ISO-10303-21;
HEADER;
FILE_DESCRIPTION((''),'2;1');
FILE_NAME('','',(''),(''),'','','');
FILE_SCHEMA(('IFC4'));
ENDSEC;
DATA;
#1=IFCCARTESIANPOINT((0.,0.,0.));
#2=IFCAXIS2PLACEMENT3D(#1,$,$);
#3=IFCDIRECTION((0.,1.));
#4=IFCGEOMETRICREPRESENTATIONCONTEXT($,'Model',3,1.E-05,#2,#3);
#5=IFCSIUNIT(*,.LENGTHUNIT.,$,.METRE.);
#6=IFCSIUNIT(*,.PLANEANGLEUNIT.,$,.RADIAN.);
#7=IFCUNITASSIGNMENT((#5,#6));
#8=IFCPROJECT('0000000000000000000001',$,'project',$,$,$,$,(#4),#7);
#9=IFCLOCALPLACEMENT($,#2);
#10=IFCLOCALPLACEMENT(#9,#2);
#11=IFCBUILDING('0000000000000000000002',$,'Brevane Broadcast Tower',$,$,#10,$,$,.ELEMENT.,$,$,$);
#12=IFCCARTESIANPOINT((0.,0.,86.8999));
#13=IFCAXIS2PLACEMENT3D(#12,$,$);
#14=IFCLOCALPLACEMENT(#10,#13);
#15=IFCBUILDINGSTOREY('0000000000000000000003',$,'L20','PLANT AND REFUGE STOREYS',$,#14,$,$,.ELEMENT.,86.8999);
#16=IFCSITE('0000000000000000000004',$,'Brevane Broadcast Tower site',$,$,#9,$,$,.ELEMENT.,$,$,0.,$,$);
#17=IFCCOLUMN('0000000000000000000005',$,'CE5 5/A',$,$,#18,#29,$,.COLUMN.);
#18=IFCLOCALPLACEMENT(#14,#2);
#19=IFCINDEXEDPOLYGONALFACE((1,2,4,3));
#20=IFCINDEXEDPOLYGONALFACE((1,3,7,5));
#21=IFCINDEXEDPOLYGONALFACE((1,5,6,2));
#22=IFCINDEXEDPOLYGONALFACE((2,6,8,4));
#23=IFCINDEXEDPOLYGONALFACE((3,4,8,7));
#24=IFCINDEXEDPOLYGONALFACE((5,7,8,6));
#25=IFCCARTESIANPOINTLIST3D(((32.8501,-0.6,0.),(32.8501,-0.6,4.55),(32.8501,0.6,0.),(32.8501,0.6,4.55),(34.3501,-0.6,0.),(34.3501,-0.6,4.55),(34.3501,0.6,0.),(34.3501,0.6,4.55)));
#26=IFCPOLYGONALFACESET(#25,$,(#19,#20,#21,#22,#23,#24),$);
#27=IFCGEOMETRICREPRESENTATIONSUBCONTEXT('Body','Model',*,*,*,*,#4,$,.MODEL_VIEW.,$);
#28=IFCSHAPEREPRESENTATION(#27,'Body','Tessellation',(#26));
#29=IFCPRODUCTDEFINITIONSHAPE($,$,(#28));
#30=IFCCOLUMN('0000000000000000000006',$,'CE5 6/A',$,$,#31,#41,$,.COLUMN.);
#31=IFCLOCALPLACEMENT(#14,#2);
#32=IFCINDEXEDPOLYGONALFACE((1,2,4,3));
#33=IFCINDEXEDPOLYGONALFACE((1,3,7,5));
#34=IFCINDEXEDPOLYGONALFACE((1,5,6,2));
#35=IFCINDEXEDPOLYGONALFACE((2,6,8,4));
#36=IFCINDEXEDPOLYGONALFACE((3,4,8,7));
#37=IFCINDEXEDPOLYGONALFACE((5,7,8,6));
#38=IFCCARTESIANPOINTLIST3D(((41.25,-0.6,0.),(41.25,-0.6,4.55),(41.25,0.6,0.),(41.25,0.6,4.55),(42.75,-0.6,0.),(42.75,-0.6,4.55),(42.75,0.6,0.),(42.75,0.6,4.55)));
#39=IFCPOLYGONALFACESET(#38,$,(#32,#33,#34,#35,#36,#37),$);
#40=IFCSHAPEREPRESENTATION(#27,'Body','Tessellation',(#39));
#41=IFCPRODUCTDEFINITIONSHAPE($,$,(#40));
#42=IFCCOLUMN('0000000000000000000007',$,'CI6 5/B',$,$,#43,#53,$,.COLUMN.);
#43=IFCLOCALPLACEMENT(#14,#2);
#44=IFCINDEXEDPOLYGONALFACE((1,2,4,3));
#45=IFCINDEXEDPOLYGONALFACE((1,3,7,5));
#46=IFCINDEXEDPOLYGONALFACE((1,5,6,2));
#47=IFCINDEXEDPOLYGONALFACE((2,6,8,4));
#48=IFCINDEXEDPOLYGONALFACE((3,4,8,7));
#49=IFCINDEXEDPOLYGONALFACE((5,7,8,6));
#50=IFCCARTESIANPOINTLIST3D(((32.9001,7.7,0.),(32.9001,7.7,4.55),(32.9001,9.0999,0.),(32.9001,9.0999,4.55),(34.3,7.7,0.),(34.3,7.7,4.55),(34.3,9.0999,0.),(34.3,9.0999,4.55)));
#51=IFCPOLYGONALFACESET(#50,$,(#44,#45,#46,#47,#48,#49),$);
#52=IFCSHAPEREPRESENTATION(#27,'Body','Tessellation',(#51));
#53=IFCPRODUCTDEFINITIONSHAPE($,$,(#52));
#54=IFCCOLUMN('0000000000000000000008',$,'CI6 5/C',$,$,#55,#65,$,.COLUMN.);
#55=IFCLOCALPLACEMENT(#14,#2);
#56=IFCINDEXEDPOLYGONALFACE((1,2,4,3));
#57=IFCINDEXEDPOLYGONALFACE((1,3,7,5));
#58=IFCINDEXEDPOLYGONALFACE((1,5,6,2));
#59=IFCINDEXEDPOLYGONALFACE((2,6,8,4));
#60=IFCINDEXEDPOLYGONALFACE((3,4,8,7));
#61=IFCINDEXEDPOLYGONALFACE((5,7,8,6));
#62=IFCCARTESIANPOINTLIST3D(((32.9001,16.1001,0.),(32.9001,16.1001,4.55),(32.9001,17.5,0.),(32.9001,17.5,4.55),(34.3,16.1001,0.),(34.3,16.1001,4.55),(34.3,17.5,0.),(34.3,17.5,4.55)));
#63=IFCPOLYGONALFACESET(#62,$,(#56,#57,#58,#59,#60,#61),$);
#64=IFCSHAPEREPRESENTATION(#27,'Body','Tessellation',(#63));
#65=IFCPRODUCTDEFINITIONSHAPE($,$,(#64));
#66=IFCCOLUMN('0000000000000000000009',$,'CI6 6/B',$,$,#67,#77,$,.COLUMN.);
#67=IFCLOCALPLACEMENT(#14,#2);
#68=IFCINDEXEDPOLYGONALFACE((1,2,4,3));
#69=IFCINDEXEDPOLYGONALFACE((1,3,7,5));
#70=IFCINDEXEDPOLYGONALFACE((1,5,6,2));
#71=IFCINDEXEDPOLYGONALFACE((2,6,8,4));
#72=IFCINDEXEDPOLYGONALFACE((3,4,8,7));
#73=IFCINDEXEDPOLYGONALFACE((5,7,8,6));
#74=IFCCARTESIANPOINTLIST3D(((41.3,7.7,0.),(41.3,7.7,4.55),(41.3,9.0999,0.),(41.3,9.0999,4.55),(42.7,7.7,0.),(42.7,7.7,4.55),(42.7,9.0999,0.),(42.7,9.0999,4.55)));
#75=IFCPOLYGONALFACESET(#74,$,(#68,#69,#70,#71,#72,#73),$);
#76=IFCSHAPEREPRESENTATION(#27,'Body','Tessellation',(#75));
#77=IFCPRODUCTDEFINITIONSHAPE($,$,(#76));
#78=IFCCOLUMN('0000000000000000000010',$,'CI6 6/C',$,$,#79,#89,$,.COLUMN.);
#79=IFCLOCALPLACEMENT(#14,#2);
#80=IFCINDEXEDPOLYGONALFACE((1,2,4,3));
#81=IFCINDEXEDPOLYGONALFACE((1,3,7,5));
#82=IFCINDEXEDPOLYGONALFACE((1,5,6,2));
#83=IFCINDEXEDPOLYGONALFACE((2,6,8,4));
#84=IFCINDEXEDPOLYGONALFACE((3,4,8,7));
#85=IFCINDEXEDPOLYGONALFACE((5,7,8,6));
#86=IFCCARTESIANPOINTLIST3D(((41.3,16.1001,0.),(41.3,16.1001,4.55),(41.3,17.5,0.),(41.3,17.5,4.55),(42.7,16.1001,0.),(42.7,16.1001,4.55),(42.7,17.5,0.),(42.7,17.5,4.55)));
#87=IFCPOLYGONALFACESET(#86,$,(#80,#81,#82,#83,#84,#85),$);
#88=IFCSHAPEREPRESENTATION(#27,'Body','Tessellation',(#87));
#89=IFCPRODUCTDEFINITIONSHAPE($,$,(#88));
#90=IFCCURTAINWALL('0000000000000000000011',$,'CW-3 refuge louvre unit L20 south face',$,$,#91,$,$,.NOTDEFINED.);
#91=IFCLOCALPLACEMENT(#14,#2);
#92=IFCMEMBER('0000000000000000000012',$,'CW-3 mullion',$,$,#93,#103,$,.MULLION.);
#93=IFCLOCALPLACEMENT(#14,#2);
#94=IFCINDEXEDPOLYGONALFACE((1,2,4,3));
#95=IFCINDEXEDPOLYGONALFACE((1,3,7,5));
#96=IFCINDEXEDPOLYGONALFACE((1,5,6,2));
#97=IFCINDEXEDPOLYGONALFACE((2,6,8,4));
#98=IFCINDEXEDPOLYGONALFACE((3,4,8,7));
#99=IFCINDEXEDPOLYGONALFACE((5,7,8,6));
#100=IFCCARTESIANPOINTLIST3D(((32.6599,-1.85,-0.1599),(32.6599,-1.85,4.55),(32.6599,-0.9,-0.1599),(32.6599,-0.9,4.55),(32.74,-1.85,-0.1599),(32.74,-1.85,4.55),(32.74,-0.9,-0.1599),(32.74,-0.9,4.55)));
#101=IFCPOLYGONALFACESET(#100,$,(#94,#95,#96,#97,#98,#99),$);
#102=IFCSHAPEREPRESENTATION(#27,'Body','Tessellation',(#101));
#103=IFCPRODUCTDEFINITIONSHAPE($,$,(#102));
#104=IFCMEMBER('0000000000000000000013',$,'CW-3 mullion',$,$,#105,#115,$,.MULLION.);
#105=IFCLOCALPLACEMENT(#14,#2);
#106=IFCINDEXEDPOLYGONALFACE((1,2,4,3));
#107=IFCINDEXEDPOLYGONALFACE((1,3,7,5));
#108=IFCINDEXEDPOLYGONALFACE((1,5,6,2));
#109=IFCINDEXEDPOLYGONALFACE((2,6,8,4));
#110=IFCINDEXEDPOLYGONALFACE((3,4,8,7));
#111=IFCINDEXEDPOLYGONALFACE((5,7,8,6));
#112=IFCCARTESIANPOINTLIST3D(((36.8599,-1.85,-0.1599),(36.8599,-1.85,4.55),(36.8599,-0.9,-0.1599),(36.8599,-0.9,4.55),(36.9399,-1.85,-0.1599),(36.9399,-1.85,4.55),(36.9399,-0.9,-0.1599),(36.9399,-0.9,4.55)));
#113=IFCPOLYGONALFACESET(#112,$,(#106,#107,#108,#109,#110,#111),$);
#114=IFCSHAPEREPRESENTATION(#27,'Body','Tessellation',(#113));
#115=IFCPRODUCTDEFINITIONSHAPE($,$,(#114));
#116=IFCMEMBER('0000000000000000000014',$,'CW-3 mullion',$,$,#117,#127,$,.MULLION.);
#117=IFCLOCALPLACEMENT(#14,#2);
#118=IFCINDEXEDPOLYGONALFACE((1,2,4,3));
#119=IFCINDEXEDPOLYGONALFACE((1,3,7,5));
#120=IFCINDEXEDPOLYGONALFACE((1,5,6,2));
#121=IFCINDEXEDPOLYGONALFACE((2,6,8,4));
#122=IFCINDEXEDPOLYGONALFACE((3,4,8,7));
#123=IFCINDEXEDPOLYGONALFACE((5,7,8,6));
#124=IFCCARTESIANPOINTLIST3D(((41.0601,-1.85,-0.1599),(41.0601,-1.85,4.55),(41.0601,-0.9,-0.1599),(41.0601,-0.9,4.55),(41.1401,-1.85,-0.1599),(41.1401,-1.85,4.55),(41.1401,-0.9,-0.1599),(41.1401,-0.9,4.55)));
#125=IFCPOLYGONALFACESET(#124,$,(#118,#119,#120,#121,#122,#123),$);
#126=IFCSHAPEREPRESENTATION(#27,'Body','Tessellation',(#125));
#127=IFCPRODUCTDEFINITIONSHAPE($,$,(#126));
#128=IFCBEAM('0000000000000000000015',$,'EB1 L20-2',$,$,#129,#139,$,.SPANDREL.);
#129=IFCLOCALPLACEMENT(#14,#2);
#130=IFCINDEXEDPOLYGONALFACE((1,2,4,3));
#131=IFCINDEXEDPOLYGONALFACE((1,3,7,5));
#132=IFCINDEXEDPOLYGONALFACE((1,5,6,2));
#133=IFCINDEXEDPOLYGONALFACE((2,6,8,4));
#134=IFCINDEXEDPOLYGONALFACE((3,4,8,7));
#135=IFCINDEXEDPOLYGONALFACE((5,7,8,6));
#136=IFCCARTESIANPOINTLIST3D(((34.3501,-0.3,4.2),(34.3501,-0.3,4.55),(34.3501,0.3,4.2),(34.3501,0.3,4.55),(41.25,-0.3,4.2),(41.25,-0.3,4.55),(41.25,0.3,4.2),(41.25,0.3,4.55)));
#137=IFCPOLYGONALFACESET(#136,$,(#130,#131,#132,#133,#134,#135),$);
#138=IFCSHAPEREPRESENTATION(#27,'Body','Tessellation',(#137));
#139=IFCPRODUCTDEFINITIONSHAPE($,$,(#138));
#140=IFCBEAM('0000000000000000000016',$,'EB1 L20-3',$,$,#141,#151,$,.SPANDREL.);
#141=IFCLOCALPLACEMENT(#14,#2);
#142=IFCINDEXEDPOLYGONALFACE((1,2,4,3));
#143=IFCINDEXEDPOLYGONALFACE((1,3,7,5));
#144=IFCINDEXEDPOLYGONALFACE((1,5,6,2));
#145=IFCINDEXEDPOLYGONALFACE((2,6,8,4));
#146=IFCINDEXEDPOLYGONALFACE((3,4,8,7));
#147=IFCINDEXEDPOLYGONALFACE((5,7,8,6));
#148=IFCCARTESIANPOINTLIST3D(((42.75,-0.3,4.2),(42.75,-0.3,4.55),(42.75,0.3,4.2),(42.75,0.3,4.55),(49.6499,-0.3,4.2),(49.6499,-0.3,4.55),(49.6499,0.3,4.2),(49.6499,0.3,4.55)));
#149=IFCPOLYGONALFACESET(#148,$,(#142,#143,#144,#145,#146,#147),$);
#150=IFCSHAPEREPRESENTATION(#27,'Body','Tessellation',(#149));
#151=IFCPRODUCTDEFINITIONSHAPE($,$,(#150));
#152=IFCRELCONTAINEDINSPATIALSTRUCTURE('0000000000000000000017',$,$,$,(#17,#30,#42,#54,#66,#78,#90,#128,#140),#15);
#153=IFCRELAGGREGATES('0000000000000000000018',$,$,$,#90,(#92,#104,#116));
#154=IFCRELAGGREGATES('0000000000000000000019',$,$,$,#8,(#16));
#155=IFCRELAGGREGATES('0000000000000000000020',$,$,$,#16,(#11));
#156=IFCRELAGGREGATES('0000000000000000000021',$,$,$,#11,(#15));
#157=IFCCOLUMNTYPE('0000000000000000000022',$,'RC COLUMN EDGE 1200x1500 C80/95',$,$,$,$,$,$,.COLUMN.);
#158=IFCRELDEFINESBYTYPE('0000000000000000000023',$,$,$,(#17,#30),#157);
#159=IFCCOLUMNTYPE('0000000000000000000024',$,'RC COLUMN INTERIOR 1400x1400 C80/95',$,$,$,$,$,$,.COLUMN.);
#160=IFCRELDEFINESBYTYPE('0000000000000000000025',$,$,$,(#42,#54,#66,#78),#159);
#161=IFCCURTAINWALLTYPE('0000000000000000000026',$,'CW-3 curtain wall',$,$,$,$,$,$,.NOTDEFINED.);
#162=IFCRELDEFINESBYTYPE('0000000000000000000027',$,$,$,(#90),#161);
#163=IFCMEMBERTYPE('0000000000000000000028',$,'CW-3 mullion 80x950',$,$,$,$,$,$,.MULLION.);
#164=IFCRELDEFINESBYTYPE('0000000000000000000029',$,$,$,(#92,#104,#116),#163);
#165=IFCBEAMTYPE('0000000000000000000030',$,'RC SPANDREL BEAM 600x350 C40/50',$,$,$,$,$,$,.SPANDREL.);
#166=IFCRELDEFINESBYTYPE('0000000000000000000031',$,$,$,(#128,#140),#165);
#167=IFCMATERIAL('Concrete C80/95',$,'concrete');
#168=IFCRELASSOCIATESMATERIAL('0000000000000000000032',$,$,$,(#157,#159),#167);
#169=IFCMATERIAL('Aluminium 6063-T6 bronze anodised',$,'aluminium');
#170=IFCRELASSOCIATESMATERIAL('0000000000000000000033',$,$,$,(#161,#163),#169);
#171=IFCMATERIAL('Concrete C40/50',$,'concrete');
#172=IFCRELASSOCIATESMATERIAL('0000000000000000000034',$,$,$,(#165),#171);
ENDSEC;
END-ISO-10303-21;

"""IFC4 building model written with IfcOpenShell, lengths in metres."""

from ifc_helpers import new_model, si_unit, direction, frame, origin, origin_2d, place, context, subcontext, project, spatial, rectangle, extrude, material, material_profile, profile_set, type_object, element, aggregate, save


model = new_model("IFC4")

# Units and contexts
model_context = context("Model", 3, precision=1e-05, world=origin(), true_north=direction((0.0, 1.0)))
body_context = subcontext(model_context, "Body", "Model", "MODEL_VIEW")
ifc_project = project(units=[si_unit("LENGTHUNIT", "METRE"), si_unit("PLANEANGLEUNIT", "RADIAN")], contexts=[model_context])

# Site, building, storey
site_placement = place(None, origin())
site = spatial("IfcSite", under=ifc_project, at=site_placement, Name="Brevane Broadcast Tower site", CompositionType="ELEMENT", RefElevation=0.0)
building_placement = place(site_placement, origin())
building = spatial("IfcBuilding", under=site, at=building_placement, Name="Brevane Broadcast Tower", CompositionType="ELEMENT")
storey_placement = place(building_placement, frame((0.0, 0.0, 86.8999)))
storey = spatial("IfcBuildingStorey", under=building, at=storey_placement, Name="L20", Description="PLANT AND REFUGE STOREYS", CompositionType="ELEMENT", Elevation=86.8999)

# Columns
ifc_material_1 = material(Name="Concrete C80/95", Category="concrete")
ifc_material_profile_1 = material_profile(ifc_material_1, rectangle(XDim=1.2, YDim=1.5, at=origin_2d()), Name="RC 1200x1500")
ifc_profile_set_1 = profile_set([ifc_material_profile_1], Name="Concrete C80/95")
column_type_1 = type_object("IfcColumnType", Name="RC COLUMN EDGE 1200x1500 C80/95", PredefinedType="COLUMN", material=ifc_profile_set_1)
for number, where, z_axis, x_axis, name in (
    (1, (33.6001, 0.0, 0.0), (0.0, 0.0, 1.0), (0.0, 1.0, 0.0), "CE5 5/A"),
    (2, (42.0, 0.0, 0.0), (0.0, 0.0, 1.0), (0.0, 1.0, 0.0), "CE5 6/A"),
):
    element("IfcColumn", number, at=place(storey_placement, frame(where, z_axis=z_axis, x_axis=x_axis)), inside=storey, type_object=column_type_1, Name=name, PredefinedType="COLUMN", context=body_context, shape_type="SweptSolid", body=[
        extrude(rectangle(XDim=1.2, YDim=1.5, at=origin_2d()), origin(), (0.0, 0.0, 1.0), 4.55),
    ])
ifc_material_profile_2 = material_profile(ifc_material_1, rectangle(XDim=1.3999, YDim=1.3999, at=origin_2d()), Name="RC 1400x1400")
ifc_profile_set_2 = profile_set([ifc_material_profile_2], Name="Concrete C80/95")
column_type_2 = type_object("IfcColumnType", Name="RC COLUMN INTERIOR 1400x1400 C80/95", PredefinedType="COLUMN", material=ifc_profile_set_2)
for number, where, z_axis, x_axis, name in (
    (3, (33.6001, 8.3999, 0.0), (0.0, 0.0, 1.0), (1.0, 0.0, 0.0), "CI6 5/B"),
    (4, (33.6001, 16.8, 0.0), (0.0, 0.0, 1.0), (1.0, 0.0, 0.0), "CI6 5/C"),
    (5, (42.0, 8.3999, 0.0), (0.0, 0.0, 1.0), (1.0, 0.0, 0.0), "CI6 6/B"),
    (6, (42.0, 16.8, 0.0), (0.0, 0.0, 1.0), (1.0, 0.0, 0.0), "CI6 6/C"),
):
    element("IfcColumn", number, at=place(storey_placement, frame(where, z_axis=z_axis, x_axis=x_axis)), inside=storey, type_object=column_type_2, Name=name, PredefinedType="COLUMN", context=body_context, shape_type="SweptSolid", body=[
        extrude(rectangle(XDim=1.3999, YDim=1.3999, at=origin_2d()), origin(), (0.0, 0.0, 1.0), 4.55),
    ])

# Curtain wall, members
ifc_material_2 = material(Name="Aluminium 6063-T6 bronze anodised", Category="aluminium")
curtain_wall_type = type_object("IfcCurtainWallType", Name="CW-3 curtain wall", PredefinedType="NOTDEFINED", material=ifc_material_2)
curtain_wall_placement = place(storey_placement, origin())
curtain_wall = element("IfcCurtainWall", 7, at=curtain_wall_placement, inside=storey, type_object=curtain_wall_type, Name="CW-3 refuge louvre unit L20 south face", PredefinedType="NOTDEFINED")
ifc_material_profile_3 = material_profile(ifc_material_2, rectangle(XDim=0.95, YDim=0.0801, at=origin_2d()), Name="RECT 80x950")
ifc_profile_set_3 = profile_set([ifc_material_profile_3], Name="Aluminium 6063-T6 bronze anodised")
member_type_1 = type_object("IfcMemberType", Name="CW-3 mullion 80x950", PredefinedType="MULLION", material=ifc_profile_set_3)
member_1_placement = place(storey_placement, frame((32.7, -1.375, -0.1599), z_axis=(0.0, 0.0, 1.0), x_axis=(0.0, 1.0, 0.0)))
member_1 = element("IfcMember", 8, at=member_1_placement, type_object=member_type_1, Name="CW-3 mullion", PredefinedType="MULLION", context=body_context, shape_type="SweptSolid", body=[
    extrude(rectangle(XDim=0.95, YDim=0.0801, at=origin_2d()), origin(), (0.0, 0.0, 1.0), 4.71),
])
member_2_placement = place(storey_placement, frame((36.8999, -1.375, -0.1599), z_axis=(0.0, 0.0, 1.0), x_axis=(0.0, 1.0, 0.0)))
member_2 = element("IfcMember", 9, at=member_2_placement, type_object=member_type_1, Name="CW-3 mullion", PredefinedType="MULLION", context=body_context, shape_type="SweptSolid", body=[
    extrude(rectangle(XDim=0.95, YDim=0.0801, at=origin_2d()), origin(), (0.0, 0.0, 1.0), 4.71),
])
member_3_placement = place(storey_placement, frame((41.1001, -1.375, -0.1599), z_axis=(0.0, 0.0, 1.0), x_axis=(0.0, 1.0, 0.0)))
member_3 = element("IfcMember", 10, at=member_3_placement, type_object=member_type_1, Name="CW-3 mullion", PredefinedType="MULLION", context=body_context, shape_type="SweptSolid", body=[
    extrude(rectangle(XDim=0.95, YDim=0.0801, at=origin_2d()), origin(), (0.0, 0.0, 1.0), 4.71),
])
aggregate(curtain_wall, [member_1, member_2, member_3])

# Beams
ifc_material_3 = material(Name="Concrete C40/50", Category="concrete")
ifc_material_profile_4 = material_profile(ifc_material_3, rectangle(XDim=0.6001, YDim=0.3501, at=origin_2d()), Name="RC 600x350")
ifc_profile_set_4 = profile_set([ifc_material_profile_4], Name="Concrete C40/50")
beam_type = type_object("IfcBeamType", Name="RC SPANDREL BEAM 600x350 C40/50", PredefinedType="SPANDREL", material=ifc_profile_set_4)
for number, where, z_axis, x_axis, name in (
    (11, (34.3501, 0.0, 4.375), (1.0, 0.0, 0.0), (0.0, 1.0, 0.0), "EB1 L20-2"),
    (12, (42.75, 0.0, 4.375), (1.0, 0.0, 0.0), (0.0, 1.0, 0.0), "EB1 L20-3"),
):
    element("IfcBeam", number, at=place(storey_placement, frame(where, z_axis=z_axis, x_axis=x_axis)), inside=storey, type_object=beam_type, Name=name, PredefinedType="SPANDREL", context=body_context, shape_type="SweptSolid", body=[
        extrude(rectangle(XDim=0.6001, YDim=0.3501, at=origin_2d()), origin(), (0.0, 0.0, 1.0), 6.8999),
    ])

save(model, "model.ifc")
